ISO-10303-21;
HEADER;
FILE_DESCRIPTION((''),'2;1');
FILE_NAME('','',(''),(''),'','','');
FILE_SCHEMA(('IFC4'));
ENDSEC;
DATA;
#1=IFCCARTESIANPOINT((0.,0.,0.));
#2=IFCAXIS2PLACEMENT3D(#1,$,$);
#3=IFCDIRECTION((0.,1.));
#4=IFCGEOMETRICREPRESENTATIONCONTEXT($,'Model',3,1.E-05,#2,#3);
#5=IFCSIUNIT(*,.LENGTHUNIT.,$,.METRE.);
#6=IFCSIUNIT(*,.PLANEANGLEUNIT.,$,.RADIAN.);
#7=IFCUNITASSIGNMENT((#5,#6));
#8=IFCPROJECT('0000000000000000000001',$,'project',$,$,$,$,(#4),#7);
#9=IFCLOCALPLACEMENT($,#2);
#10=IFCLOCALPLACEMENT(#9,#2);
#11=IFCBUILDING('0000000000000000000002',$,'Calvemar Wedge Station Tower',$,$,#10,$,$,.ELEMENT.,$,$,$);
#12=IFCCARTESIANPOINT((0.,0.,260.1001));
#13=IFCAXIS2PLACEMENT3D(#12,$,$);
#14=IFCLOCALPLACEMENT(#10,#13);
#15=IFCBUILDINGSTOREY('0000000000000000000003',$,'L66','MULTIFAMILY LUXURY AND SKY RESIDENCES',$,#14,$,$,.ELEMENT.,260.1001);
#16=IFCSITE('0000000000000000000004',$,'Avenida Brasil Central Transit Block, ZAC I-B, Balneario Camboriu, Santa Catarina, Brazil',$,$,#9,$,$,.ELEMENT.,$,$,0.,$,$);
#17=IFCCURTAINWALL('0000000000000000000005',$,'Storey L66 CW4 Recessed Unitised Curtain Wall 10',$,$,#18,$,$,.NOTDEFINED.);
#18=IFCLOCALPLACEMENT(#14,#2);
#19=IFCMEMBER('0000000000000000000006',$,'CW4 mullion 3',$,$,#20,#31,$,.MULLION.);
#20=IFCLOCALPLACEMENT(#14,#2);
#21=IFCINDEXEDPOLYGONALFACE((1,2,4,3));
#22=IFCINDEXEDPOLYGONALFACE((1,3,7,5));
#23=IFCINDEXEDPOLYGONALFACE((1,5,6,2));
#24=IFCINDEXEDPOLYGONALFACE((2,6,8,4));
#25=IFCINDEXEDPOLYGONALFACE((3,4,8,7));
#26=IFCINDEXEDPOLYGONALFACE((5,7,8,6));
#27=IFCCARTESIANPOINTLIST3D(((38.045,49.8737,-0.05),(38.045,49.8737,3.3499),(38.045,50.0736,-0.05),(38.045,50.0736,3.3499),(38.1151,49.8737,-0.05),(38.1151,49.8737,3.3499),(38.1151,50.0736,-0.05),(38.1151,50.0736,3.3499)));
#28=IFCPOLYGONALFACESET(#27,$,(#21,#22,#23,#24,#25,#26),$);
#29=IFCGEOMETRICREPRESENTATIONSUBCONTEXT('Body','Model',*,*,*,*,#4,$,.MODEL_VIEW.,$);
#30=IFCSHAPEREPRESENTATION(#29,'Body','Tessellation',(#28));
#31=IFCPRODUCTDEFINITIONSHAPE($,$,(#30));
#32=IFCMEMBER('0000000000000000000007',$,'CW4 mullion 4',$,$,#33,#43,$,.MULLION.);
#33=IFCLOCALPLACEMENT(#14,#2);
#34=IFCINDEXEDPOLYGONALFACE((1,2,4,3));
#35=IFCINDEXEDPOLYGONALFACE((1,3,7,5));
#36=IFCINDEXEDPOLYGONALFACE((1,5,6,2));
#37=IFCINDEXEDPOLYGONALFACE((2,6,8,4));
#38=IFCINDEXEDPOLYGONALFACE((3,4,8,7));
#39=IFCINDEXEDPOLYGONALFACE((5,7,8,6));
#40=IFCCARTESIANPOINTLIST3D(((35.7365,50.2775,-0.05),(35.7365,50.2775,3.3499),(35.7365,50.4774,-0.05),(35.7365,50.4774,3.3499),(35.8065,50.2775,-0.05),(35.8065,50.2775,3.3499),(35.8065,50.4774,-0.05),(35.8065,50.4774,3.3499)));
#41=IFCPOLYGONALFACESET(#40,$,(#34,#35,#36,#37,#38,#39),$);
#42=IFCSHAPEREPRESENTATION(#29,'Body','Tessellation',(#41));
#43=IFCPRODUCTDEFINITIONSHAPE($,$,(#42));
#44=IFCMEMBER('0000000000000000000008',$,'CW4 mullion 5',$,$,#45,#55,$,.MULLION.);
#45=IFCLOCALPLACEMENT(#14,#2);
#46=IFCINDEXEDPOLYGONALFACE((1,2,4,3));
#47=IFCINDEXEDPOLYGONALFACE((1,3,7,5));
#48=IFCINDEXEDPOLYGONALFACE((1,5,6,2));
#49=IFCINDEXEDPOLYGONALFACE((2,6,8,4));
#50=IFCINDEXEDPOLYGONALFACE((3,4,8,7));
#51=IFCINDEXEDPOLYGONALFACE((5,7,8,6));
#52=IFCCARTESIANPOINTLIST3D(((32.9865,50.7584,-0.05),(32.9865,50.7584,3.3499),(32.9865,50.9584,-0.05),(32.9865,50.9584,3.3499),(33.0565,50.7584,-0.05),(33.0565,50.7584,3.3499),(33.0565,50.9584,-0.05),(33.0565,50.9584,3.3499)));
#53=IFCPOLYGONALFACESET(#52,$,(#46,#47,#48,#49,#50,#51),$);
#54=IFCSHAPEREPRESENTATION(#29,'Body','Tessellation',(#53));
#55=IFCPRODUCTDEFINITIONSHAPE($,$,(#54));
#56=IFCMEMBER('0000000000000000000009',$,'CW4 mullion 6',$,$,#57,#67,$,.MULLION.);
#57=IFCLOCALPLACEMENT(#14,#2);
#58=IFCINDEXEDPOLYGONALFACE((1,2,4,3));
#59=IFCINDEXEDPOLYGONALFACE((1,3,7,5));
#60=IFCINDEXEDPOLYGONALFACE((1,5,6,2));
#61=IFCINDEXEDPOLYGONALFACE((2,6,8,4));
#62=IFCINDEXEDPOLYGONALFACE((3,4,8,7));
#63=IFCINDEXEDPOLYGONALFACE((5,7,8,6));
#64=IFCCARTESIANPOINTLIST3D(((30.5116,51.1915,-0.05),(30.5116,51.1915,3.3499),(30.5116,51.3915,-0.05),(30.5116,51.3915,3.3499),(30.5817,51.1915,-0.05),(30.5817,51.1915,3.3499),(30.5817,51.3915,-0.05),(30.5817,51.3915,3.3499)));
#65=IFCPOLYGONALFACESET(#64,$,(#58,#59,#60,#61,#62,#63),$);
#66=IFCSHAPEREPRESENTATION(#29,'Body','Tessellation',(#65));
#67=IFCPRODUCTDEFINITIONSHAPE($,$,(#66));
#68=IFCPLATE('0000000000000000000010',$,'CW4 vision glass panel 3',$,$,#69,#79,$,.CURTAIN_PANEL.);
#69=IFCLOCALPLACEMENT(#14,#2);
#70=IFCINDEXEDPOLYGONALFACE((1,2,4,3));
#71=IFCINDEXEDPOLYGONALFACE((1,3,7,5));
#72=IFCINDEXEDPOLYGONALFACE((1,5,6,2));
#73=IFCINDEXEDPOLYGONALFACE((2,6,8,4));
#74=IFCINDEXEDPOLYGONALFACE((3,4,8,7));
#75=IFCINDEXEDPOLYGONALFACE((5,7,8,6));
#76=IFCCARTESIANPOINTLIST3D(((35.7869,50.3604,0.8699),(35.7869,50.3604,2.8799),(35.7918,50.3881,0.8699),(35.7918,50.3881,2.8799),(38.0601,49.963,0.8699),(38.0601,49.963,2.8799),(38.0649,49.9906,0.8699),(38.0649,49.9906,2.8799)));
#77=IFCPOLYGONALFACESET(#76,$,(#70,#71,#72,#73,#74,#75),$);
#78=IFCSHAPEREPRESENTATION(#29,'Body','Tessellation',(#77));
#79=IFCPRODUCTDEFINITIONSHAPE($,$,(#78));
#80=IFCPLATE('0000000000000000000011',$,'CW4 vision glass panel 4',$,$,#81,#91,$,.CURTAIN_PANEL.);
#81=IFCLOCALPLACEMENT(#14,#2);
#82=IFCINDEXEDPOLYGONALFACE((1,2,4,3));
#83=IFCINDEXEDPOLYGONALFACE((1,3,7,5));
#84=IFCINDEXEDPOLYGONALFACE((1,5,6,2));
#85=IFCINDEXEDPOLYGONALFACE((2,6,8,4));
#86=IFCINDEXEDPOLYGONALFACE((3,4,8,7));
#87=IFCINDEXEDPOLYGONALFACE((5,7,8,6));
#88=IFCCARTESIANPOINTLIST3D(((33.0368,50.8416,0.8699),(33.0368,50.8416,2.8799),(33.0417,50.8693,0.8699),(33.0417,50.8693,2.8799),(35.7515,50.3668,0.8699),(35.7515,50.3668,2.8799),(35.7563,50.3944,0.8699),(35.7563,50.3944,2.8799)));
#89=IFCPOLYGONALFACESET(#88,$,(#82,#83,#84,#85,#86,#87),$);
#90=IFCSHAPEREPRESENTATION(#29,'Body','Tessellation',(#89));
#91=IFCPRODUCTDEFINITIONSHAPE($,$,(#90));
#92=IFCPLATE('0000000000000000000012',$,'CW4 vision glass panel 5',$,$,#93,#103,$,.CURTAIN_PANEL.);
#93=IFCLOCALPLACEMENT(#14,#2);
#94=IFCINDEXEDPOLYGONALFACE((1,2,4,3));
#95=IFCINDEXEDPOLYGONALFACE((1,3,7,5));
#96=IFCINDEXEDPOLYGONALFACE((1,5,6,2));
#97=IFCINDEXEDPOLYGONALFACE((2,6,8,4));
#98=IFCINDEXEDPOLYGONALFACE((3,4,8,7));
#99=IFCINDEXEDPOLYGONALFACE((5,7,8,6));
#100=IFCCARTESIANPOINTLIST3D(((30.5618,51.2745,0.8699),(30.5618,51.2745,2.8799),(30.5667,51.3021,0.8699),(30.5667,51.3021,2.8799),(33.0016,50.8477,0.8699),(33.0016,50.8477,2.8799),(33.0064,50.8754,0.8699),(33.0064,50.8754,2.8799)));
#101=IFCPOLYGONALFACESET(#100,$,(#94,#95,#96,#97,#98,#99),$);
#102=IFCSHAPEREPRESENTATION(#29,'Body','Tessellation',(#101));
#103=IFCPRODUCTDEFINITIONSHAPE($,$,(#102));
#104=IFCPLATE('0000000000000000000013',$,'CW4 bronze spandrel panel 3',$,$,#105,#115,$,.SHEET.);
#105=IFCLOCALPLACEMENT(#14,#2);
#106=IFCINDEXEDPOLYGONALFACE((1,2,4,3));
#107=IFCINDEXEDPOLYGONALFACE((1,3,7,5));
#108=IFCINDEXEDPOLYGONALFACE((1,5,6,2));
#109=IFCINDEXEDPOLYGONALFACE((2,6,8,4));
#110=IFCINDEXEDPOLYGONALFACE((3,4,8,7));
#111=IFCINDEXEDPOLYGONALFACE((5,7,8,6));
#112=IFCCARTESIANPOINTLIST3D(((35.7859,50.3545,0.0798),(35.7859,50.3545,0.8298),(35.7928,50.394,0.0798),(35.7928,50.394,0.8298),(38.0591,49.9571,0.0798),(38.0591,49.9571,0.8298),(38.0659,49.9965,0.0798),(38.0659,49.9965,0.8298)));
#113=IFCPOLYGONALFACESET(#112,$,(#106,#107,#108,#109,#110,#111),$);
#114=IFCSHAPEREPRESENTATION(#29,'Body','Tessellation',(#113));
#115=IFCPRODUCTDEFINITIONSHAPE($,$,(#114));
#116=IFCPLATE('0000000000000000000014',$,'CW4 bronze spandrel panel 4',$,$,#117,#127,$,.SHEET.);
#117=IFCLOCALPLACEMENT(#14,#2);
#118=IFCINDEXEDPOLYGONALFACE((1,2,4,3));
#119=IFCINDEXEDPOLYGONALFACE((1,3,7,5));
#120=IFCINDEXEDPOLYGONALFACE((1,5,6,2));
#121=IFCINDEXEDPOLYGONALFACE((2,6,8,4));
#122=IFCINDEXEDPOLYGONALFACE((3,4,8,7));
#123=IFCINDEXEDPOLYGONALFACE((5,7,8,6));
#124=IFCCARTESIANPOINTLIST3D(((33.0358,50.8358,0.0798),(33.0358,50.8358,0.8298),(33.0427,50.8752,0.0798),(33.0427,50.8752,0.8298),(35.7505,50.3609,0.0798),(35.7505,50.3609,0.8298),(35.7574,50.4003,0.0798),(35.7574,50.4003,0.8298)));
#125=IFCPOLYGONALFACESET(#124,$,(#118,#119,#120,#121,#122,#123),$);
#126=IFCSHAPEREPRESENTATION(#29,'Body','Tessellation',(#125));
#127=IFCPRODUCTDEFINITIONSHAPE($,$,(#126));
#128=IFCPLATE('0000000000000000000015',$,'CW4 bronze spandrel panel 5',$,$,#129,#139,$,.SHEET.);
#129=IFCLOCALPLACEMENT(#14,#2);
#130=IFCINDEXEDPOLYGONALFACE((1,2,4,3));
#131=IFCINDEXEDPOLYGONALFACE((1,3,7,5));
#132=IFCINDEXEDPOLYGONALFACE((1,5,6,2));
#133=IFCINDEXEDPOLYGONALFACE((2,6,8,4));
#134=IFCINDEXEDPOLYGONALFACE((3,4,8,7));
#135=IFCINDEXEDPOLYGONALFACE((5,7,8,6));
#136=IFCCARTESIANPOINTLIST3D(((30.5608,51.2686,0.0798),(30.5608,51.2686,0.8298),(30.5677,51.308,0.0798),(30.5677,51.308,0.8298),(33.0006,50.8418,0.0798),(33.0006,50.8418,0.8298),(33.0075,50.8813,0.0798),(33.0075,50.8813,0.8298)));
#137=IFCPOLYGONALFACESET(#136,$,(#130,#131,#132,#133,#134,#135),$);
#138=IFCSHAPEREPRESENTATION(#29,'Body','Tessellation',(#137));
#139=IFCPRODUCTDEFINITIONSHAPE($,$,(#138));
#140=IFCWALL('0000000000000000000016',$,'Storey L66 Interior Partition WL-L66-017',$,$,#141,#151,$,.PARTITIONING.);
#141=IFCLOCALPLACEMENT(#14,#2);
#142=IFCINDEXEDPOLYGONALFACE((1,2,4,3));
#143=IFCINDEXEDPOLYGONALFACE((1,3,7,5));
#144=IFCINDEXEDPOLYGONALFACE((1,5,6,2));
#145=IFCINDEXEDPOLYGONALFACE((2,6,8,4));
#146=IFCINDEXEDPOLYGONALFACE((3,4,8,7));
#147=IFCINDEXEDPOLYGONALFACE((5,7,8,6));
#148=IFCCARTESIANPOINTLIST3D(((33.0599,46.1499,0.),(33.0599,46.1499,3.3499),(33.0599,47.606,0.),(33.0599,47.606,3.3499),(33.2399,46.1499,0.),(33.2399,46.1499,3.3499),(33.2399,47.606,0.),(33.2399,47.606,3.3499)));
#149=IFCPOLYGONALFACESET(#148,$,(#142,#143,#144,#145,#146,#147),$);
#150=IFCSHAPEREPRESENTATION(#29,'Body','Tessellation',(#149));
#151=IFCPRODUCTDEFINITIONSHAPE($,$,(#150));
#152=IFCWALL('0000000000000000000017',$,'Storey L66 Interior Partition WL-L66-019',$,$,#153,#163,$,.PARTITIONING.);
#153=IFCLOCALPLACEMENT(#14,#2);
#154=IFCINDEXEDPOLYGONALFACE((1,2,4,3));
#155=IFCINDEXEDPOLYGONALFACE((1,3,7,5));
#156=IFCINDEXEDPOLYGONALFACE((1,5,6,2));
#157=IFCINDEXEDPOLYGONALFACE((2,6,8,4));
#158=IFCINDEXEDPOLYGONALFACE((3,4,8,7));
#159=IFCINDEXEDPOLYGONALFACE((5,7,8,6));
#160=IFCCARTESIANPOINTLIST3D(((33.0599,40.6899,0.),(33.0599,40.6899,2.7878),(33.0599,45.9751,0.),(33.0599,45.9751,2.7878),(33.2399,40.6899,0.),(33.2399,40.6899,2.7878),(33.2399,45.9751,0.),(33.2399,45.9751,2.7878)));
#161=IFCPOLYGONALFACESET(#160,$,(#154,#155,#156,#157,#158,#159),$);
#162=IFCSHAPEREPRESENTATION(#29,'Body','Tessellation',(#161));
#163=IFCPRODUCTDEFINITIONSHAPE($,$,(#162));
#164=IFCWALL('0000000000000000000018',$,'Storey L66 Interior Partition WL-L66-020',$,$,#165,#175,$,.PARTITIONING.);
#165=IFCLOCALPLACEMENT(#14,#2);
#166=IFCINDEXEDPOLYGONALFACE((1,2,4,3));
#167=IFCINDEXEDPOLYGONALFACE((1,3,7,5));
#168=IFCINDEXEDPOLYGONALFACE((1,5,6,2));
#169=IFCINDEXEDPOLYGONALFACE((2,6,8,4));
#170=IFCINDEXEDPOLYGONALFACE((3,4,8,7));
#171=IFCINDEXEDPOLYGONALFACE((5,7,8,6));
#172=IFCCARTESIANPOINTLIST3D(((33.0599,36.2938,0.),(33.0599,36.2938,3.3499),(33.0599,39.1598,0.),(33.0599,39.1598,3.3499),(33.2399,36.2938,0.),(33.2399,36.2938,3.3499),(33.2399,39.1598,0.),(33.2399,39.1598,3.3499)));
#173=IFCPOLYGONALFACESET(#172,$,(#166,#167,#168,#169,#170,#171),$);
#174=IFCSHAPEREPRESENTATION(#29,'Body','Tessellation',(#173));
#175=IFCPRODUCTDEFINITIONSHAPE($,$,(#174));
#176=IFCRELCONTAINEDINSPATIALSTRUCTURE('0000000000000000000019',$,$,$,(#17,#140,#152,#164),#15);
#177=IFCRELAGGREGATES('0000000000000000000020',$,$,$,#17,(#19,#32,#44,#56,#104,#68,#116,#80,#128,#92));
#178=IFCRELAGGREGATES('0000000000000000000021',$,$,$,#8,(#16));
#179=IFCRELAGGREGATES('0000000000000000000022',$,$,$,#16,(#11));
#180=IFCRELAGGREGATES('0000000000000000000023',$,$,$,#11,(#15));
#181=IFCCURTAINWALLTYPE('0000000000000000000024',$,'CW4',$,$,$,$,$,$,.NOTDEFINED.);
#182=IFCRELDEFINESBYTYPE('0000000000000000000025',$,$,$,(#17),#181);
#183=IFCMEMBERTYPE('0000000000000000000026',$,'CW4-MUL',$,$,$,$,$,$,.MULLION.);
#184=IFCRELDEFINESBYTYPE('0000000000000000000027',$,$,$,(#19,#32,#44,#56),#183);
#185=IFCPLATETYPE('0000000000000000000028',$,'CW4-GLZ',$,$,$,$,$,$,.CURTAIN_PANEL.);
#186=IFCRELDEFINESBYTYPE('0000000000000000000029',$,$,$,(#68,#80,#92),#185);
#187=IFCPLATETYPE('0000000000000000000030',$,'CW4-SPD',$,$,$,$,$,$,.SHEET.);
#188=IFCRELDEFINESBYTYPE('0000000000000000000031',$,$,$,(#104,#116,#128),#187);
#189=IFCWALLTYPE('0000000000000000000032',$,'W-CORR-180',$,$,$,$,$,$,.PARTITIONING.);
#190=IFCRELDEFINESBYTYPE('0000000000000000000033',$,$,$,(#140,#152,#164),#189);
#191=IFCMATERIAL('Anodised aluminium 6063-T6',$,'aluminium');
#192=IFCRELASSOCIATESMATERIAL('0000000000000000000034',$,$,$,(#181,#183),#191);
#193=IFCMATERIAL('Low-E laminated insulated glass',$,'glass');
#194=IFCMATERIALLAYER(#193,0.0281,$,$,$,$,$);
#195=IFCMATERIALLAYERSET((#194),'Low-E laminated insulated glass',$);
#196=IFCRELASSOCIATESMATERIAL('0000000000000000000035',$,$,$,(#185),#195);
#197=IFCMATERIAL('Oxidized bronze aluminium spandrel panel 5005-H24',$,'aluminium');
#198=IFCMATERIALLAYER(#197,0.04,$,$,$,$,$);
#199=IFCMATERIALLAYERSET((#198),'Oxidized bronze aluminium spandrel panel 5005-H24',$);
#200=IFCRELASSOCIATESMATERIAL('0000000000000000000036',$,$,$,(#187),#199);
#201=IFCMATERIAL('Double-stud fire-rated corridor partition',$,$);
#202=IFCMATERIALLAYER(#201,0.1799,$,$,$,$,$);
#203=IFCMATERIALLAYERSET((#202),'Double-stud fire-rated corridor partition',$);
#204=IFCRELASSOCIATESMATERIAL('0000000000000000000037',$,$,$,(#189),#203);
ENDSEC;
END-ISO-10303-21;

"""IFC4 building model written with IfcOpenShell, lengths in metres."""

from ifc_helpers import new_model, si_unit, direction, frame, frame_2d, origin, origin_2d, place, context, subcontext, project, spatial, rectangle, extrude, source, transform, mapped, material, layer, layer_set, material_profile, profile_set, type_object, element, aggregate, save


model = new_model("IFC4")

# Units and contexts
model_context = context("Model", 3, precision=1e-05, world=origin(), true_north=direction((0.0, 1.0)))
body_context = subcontext(model_context, "Body", "Model", "MODEL_VIEW")
ifc_project = project(units=[si_unit("LENGTHUNIT", "METRE"), si_unit("PLANEANGLEUNIT", "RADIAN")], contexts=[model_context])

# Site, building, storey
site_placement = place(None, origin())
site = spatial("IfcSite", under=ifc_project, at=site_placement, Name="Avenida Brasil Central Transit Block, ZAC I-B, Balneario Camboriu, Santa Catarina, Brazil", CompositionType="ELEMENT", RefElevation=0.0)
building_placement = place(site_placement, origin())
building = spatial("IfcBuilding", under=site, at=building_placement, Name="Calvemar Wedge Station Tower", CompositionType="ELEMENT")
storey_placement = place(building_placement, frame((0.0, 0.0, 260.1001)))
storey = spatial("IfcBuildingStorey", under=building, at=storey_placement, Name="L66", Description="MULTIFAMILY LUXURY AND SKY RESIDENCES", CompositionType="ELEMENT", Elevation=260.1001)

# Curtain wall, members, plates
ifc_material_1 = material(Name="Anodised aluminium 6063-T6", Category="aluminium")
curtain_wall_type = type_object("IfcCurtainWallType", Name="CW4", PredefinedType="NOTDEFINED", material=ifc_material_1)
curtain_wall_placement = place(storey_placement, origin())
curtain_wall = element("IfcCurtainWall", 1, at=curtain_wall_placement, inside=storey, type_object=curtain_wall_type, Name="Storey L66 CW4 Recessed Unitised Curtain Wall 10", PredefinedType="NOTDEFINED")
ifc_material_profile_1 = material_profile(ifc_material_1, rectangle(XDim=0.0701, YDim=0.2, at=origin_2d()), Name="AL-MUL-70x200")
ifc_profile_set_1 = profile_set([ifc_material_profile_1], Name="Anodised aluminium 6063-T6")
member_type = type_object("IfcMemberType", Name="CW4-MUL", PredefinedType="MULLION", material=ifc_profile_set_1)
shared_shape_1 = source(origin(), body_context, "Body", "SweptSolid", [
    extrude(rectangle(XDim=0.0701, YDim=0.2, at=origin_2d()), origin(), (0.0, 0.0, 1.0), 3.3999),
])
member_1_placement = place(storey_placement, frame((38.0801, 49.9736, -0.05), z_axis=(0.0, 0.0, 1.0), x_axis=(1.0, 0.0, 0.0)))
member_1 = element("IfcMember", 2, at=member_1_placement, type_object=member_type, Name="CW4 mullion 3", PredefinedType="MULLION", context=body_context, shape_type="MappedRepresentation", body=[
    mapped(shared_shape_1, transform((0.0, 0.0, 0.0), scale=1.0)),
])
member_2_placement = place(storey_placement, frame((35.7715, 50.3774, -0.05), z_axis=(0.0, 0.0, 1.0), x_axis=(1.0, 0.0, 0.0)))
member_2 = element("IfcMember", 3, at=member_2_placement, type_object=member_type, Name="CW4 mullion 4", PredefinedType="MULLION", context=body_context, shape_type="MappedRepresentation", body=[
    mapped(shared_shape_1, transform((0.0, 0.0, 0.0), scale=1.0)),
])
member_3_placement = place(storey_placement, frame((33.0215, 50.8584, -0.05), z_axis=(0.0, 0.0, 1.0), x_axis=(1.0, 0.0, 0.0)))
member_3 = element("IfcMember", 4, at=member_3_placement, type_object=member_type, Name="CW4 mullion 5", PredefinedType="MULLION", context=body_context, shape_type="MappedRepresentation", body=[
    mapped(shared_shape_1, transform((0.0, 0.0, 0.0), scale=1.0)),
])
member_4_placement = place(storey_placement, frame((30.5466, 51.2915, -0.05), z_axis=(0.0, 0.0, 1.0), x_axis=(1.0, 0.0, 0.0)))
member_4 = element("IfcMember", 5, at=member_4_placement, type_object=member_type, Name="CW4 mullion 6", PredefinedType="MULLION", context=body_context, shape_type="MappedRepresentation", body=[
    mapped(shared_shape_1, transform((0.0, 0.0, 0.0), scale=1.0)),
])
ifc_material_2 = material(Name="Low-E laminated insulated glass", Category="glass")
ifc_layer_1 = layer(ifc_material_2, 0.0281)
ifc_layer_set_1 = layer_set([ifc_layer_1], Name="Low-E laminated insulated glass")
plate_type_1 = type_object("IfcPlateType", Name="CW4-GLZ", PredefinedType="CURTAIN_PANEL", material=ifc_layer_set_1)
plate_1_placement = place(storey_placement, frame((38.0625, 49.9768, 0.8699), z_axis=(0.0, 0.0, 1.0), x_axis=(-0.985056, 0.172234, 0.0)))
plate_1 = element("IfcPlate", 6, at=plate_1_placement, type_object=plate_type_1, Name="CW4 vision glass panel 3", PredefinedType="CURTAIN_PANEL", context=body_context, shape_type="SweptSolid", body=[
    extrude(rectangle(XDim=2.3076, YDim=0.0281, at=frame_2d((1.1538, 0.0))), origin(), (0.0, 0.0, 1.0), 2.01),
])
plate_2_placement = place(storey_placement, frame((35.7539, 50.3806, 0.8699), z_axis=(0.0, 0.0, 1.0), x_axis=(-0.985043, 0.172309, 0.0)))
plate_2 = element("IfcPlate", 7, at=plate_2_placement, type_object=plate_type_1, Name="CW4 vision glass panel 4", PredefinedType="CURTAIN_PANEL", context=body_context, shape_type="SweptSolid", body=[
    extrude(rectangle(XDim=2.7559, YDim=0.0281, at=frame_2d((1.3779, 0.0))), origin(), (0.0, 0.0, 1.0), 2.01),
])
plate_3_placement = place(storey_placement, frame((33.0039, 50.8616, 0.8699), z_axis=(0.0, 0.0, 1.0), x_axis=(-0.985043, 0.172306, 0.0)))
plate_3 = element("IfcPlate", 8, at=plate_3_placement, type_object=plate_type_1, Name="CW4 vision glass panel 5", PredefinedType="CURTAIN_PANEL", context=body_context, shape_type="SweptSolid", body=[
    extrude(rectangle(XDim=2.4768, YDim=0.0281, at=frame_2d((1.2383, 0.0))), origin(), (0.0, 0.0, 1.0), 2.01),
])
ifc_material_3 = material(Name="Oxidized bronze aluminium spandrel panel 5005-H24", Category="aluminium")
ifc_layer_2 = layer(ifc_material_3, 0.04)
ifc_layer_set_2 = layer_set([ifc_layer_2], Name="Oxidized bronze aluminium spandrel panel 5005-H24")
plate_type_2 = type_object("IfcPlateType", Name="CW4-SPD", PredefinedType="SHEET", material=ifc_layer_set_2)
plate_4_placement = place(storey_placement, frame((38.0625, 49.9768, 0.0798), z_axis=(0.0, 0.0, 1.0), x_axis=(-0.985056, 0.172234, 0.0)))
plate_4 = element("IfcPlate", 9, at=plate_4_placement, type_object=plate_type_2, Name="CW4 bronze spandrel panel 3", PredefinedType="SHEET", context=body_context, shape_type="SweptSolid", body=[
    extrude(rectangle(XDim=2.3076, YDim=0.04, at=frame_2d((1.1538, 0.0))), origin(), (0.0, 0.0, 1.0), 0.75),
])
plate_5_placement = place(storey_placement, frame((35.7539, 50.3806, 0.0798), z_axis=(0.0, 0.0, 1.0), x_axis=(-0.985043, 0.172309, 0.0)))
plate_5 = element("IfcPlate", 10, at=plate_5_placement, type_object=plate_type_2, Name="CW4 bronze spandrel panel 4", PredefinedType="SHEET", context=body_context, shape_type="SweptSolid", body=[
    extrude(rectangle(XDim=2.7559, YDim=0.04, at=frame_2d((1.3779, 0.0))), origin(), (0.0, 0.0, 1.0), 0.75),
])
plate_6_placement = place(storey_placement, frame((33.0039, 50.8616, 0.0798), z_axis=(0.0, 0.0, 1.0), x_axis=(-0.985043, 0.172306, 0.0)))
plate_6 = element("IfcPlate", 11, at=plate_6_placement, type_object=plate_type_2, Name="CW4 bronze spandrel panel 5", PredefinedType="SHEET", context=body_context, shape_type="SweptSolid", body=[
    extrude(rectangle(XDim=2.4768, YDim=0.04, at=frame_2d((1.2383, 0.0))), origin(), (0.0, 0.0, 1.0), 0.75),
])
aggregate(curtain_wall, [member_1, member_2, member_3, member_4, plate_4, plate_1, plate_5, plate_2, plate_6, plate_3])

# Walls
ifc_material_4 = material(Name="Double-stud fire-rated corridor partition")
ifc_layer_3 = layer(ifc_material_4, 0.1799)
ifc_layer_set_3 = layer_set([ifc_layer_3], Name="Double-stud fire-rated corridor partition")
wall_type_1 = type_object("IfcWallType", Name="W-CORR-180", PredefinedType="PARTITIONING", material=ifc_layer_set_3)
wall_1_placement = place(storey_placement, frame((33.1499, 47.606, 0.0), z_axis=(0.0, 0.0, 1.0), x_axis=(0.0, -1.0, 0.0)))
element("IfcWall", 12, at=wall_1_placement, inside=storey, type_object=wall_type_1, Name="Storey L66 Interior Partition WL-L66-017", PredefinedType="PARTITIONING", context=body_context, shape_type="SweptSolid", body=[
    extrude(rectangle(XDim=1.4561, YDim=0.1799, at=frame_2d((0.728, 0.0))), origin(), (0.0, 0.0, 1.0), 3.3499),
])
wall_2_placement = place(storey_placement, frame((33.1499, 45.9751, 0.0), z_axis=(0.0, 0.0, 1.0), x_axis=(0.0, -1.0, 0.0)))
element("IfcWall", 13, at=wall_2_placement, inside=storey, type_object=wall_type_1, Name="Storey L66 Interior Partition WL-L66-019", PredefinedType="PARTITIONING", context=body_context, shape_type="SweptSolid", body=[
    extrude(rectangle(XDim=5.2852, YDim=0.1799, at=frame_2d((2.6426, 0.0))), origin(), (0.0, 0.0, 1.0), 2.7878),
])
wall_3_placement = place(storey_placement, frame((33.1499, 39.1599, 0.0), z_axis=(0.0, 0.0, 1.0), x_axis=(0.0, -1.0, 0.0)))
element("IfcWall", 14, at=wall_3_placement, inside=storey, type_object=wall_type_1, Name="Storey L66 Interior Partition WL-L66-020", PredefinedType="PARTITIONING", context=body_context, shape_type="SweptSolid", body=[
    extrude(rectangle(XDim=2.866, YDim=0.1799, at=frame_2d((1.4331, 0.0))), origin(), (0.0, 0.0, 1.0), 3.3499),
])

save(model, "model.ifc")
